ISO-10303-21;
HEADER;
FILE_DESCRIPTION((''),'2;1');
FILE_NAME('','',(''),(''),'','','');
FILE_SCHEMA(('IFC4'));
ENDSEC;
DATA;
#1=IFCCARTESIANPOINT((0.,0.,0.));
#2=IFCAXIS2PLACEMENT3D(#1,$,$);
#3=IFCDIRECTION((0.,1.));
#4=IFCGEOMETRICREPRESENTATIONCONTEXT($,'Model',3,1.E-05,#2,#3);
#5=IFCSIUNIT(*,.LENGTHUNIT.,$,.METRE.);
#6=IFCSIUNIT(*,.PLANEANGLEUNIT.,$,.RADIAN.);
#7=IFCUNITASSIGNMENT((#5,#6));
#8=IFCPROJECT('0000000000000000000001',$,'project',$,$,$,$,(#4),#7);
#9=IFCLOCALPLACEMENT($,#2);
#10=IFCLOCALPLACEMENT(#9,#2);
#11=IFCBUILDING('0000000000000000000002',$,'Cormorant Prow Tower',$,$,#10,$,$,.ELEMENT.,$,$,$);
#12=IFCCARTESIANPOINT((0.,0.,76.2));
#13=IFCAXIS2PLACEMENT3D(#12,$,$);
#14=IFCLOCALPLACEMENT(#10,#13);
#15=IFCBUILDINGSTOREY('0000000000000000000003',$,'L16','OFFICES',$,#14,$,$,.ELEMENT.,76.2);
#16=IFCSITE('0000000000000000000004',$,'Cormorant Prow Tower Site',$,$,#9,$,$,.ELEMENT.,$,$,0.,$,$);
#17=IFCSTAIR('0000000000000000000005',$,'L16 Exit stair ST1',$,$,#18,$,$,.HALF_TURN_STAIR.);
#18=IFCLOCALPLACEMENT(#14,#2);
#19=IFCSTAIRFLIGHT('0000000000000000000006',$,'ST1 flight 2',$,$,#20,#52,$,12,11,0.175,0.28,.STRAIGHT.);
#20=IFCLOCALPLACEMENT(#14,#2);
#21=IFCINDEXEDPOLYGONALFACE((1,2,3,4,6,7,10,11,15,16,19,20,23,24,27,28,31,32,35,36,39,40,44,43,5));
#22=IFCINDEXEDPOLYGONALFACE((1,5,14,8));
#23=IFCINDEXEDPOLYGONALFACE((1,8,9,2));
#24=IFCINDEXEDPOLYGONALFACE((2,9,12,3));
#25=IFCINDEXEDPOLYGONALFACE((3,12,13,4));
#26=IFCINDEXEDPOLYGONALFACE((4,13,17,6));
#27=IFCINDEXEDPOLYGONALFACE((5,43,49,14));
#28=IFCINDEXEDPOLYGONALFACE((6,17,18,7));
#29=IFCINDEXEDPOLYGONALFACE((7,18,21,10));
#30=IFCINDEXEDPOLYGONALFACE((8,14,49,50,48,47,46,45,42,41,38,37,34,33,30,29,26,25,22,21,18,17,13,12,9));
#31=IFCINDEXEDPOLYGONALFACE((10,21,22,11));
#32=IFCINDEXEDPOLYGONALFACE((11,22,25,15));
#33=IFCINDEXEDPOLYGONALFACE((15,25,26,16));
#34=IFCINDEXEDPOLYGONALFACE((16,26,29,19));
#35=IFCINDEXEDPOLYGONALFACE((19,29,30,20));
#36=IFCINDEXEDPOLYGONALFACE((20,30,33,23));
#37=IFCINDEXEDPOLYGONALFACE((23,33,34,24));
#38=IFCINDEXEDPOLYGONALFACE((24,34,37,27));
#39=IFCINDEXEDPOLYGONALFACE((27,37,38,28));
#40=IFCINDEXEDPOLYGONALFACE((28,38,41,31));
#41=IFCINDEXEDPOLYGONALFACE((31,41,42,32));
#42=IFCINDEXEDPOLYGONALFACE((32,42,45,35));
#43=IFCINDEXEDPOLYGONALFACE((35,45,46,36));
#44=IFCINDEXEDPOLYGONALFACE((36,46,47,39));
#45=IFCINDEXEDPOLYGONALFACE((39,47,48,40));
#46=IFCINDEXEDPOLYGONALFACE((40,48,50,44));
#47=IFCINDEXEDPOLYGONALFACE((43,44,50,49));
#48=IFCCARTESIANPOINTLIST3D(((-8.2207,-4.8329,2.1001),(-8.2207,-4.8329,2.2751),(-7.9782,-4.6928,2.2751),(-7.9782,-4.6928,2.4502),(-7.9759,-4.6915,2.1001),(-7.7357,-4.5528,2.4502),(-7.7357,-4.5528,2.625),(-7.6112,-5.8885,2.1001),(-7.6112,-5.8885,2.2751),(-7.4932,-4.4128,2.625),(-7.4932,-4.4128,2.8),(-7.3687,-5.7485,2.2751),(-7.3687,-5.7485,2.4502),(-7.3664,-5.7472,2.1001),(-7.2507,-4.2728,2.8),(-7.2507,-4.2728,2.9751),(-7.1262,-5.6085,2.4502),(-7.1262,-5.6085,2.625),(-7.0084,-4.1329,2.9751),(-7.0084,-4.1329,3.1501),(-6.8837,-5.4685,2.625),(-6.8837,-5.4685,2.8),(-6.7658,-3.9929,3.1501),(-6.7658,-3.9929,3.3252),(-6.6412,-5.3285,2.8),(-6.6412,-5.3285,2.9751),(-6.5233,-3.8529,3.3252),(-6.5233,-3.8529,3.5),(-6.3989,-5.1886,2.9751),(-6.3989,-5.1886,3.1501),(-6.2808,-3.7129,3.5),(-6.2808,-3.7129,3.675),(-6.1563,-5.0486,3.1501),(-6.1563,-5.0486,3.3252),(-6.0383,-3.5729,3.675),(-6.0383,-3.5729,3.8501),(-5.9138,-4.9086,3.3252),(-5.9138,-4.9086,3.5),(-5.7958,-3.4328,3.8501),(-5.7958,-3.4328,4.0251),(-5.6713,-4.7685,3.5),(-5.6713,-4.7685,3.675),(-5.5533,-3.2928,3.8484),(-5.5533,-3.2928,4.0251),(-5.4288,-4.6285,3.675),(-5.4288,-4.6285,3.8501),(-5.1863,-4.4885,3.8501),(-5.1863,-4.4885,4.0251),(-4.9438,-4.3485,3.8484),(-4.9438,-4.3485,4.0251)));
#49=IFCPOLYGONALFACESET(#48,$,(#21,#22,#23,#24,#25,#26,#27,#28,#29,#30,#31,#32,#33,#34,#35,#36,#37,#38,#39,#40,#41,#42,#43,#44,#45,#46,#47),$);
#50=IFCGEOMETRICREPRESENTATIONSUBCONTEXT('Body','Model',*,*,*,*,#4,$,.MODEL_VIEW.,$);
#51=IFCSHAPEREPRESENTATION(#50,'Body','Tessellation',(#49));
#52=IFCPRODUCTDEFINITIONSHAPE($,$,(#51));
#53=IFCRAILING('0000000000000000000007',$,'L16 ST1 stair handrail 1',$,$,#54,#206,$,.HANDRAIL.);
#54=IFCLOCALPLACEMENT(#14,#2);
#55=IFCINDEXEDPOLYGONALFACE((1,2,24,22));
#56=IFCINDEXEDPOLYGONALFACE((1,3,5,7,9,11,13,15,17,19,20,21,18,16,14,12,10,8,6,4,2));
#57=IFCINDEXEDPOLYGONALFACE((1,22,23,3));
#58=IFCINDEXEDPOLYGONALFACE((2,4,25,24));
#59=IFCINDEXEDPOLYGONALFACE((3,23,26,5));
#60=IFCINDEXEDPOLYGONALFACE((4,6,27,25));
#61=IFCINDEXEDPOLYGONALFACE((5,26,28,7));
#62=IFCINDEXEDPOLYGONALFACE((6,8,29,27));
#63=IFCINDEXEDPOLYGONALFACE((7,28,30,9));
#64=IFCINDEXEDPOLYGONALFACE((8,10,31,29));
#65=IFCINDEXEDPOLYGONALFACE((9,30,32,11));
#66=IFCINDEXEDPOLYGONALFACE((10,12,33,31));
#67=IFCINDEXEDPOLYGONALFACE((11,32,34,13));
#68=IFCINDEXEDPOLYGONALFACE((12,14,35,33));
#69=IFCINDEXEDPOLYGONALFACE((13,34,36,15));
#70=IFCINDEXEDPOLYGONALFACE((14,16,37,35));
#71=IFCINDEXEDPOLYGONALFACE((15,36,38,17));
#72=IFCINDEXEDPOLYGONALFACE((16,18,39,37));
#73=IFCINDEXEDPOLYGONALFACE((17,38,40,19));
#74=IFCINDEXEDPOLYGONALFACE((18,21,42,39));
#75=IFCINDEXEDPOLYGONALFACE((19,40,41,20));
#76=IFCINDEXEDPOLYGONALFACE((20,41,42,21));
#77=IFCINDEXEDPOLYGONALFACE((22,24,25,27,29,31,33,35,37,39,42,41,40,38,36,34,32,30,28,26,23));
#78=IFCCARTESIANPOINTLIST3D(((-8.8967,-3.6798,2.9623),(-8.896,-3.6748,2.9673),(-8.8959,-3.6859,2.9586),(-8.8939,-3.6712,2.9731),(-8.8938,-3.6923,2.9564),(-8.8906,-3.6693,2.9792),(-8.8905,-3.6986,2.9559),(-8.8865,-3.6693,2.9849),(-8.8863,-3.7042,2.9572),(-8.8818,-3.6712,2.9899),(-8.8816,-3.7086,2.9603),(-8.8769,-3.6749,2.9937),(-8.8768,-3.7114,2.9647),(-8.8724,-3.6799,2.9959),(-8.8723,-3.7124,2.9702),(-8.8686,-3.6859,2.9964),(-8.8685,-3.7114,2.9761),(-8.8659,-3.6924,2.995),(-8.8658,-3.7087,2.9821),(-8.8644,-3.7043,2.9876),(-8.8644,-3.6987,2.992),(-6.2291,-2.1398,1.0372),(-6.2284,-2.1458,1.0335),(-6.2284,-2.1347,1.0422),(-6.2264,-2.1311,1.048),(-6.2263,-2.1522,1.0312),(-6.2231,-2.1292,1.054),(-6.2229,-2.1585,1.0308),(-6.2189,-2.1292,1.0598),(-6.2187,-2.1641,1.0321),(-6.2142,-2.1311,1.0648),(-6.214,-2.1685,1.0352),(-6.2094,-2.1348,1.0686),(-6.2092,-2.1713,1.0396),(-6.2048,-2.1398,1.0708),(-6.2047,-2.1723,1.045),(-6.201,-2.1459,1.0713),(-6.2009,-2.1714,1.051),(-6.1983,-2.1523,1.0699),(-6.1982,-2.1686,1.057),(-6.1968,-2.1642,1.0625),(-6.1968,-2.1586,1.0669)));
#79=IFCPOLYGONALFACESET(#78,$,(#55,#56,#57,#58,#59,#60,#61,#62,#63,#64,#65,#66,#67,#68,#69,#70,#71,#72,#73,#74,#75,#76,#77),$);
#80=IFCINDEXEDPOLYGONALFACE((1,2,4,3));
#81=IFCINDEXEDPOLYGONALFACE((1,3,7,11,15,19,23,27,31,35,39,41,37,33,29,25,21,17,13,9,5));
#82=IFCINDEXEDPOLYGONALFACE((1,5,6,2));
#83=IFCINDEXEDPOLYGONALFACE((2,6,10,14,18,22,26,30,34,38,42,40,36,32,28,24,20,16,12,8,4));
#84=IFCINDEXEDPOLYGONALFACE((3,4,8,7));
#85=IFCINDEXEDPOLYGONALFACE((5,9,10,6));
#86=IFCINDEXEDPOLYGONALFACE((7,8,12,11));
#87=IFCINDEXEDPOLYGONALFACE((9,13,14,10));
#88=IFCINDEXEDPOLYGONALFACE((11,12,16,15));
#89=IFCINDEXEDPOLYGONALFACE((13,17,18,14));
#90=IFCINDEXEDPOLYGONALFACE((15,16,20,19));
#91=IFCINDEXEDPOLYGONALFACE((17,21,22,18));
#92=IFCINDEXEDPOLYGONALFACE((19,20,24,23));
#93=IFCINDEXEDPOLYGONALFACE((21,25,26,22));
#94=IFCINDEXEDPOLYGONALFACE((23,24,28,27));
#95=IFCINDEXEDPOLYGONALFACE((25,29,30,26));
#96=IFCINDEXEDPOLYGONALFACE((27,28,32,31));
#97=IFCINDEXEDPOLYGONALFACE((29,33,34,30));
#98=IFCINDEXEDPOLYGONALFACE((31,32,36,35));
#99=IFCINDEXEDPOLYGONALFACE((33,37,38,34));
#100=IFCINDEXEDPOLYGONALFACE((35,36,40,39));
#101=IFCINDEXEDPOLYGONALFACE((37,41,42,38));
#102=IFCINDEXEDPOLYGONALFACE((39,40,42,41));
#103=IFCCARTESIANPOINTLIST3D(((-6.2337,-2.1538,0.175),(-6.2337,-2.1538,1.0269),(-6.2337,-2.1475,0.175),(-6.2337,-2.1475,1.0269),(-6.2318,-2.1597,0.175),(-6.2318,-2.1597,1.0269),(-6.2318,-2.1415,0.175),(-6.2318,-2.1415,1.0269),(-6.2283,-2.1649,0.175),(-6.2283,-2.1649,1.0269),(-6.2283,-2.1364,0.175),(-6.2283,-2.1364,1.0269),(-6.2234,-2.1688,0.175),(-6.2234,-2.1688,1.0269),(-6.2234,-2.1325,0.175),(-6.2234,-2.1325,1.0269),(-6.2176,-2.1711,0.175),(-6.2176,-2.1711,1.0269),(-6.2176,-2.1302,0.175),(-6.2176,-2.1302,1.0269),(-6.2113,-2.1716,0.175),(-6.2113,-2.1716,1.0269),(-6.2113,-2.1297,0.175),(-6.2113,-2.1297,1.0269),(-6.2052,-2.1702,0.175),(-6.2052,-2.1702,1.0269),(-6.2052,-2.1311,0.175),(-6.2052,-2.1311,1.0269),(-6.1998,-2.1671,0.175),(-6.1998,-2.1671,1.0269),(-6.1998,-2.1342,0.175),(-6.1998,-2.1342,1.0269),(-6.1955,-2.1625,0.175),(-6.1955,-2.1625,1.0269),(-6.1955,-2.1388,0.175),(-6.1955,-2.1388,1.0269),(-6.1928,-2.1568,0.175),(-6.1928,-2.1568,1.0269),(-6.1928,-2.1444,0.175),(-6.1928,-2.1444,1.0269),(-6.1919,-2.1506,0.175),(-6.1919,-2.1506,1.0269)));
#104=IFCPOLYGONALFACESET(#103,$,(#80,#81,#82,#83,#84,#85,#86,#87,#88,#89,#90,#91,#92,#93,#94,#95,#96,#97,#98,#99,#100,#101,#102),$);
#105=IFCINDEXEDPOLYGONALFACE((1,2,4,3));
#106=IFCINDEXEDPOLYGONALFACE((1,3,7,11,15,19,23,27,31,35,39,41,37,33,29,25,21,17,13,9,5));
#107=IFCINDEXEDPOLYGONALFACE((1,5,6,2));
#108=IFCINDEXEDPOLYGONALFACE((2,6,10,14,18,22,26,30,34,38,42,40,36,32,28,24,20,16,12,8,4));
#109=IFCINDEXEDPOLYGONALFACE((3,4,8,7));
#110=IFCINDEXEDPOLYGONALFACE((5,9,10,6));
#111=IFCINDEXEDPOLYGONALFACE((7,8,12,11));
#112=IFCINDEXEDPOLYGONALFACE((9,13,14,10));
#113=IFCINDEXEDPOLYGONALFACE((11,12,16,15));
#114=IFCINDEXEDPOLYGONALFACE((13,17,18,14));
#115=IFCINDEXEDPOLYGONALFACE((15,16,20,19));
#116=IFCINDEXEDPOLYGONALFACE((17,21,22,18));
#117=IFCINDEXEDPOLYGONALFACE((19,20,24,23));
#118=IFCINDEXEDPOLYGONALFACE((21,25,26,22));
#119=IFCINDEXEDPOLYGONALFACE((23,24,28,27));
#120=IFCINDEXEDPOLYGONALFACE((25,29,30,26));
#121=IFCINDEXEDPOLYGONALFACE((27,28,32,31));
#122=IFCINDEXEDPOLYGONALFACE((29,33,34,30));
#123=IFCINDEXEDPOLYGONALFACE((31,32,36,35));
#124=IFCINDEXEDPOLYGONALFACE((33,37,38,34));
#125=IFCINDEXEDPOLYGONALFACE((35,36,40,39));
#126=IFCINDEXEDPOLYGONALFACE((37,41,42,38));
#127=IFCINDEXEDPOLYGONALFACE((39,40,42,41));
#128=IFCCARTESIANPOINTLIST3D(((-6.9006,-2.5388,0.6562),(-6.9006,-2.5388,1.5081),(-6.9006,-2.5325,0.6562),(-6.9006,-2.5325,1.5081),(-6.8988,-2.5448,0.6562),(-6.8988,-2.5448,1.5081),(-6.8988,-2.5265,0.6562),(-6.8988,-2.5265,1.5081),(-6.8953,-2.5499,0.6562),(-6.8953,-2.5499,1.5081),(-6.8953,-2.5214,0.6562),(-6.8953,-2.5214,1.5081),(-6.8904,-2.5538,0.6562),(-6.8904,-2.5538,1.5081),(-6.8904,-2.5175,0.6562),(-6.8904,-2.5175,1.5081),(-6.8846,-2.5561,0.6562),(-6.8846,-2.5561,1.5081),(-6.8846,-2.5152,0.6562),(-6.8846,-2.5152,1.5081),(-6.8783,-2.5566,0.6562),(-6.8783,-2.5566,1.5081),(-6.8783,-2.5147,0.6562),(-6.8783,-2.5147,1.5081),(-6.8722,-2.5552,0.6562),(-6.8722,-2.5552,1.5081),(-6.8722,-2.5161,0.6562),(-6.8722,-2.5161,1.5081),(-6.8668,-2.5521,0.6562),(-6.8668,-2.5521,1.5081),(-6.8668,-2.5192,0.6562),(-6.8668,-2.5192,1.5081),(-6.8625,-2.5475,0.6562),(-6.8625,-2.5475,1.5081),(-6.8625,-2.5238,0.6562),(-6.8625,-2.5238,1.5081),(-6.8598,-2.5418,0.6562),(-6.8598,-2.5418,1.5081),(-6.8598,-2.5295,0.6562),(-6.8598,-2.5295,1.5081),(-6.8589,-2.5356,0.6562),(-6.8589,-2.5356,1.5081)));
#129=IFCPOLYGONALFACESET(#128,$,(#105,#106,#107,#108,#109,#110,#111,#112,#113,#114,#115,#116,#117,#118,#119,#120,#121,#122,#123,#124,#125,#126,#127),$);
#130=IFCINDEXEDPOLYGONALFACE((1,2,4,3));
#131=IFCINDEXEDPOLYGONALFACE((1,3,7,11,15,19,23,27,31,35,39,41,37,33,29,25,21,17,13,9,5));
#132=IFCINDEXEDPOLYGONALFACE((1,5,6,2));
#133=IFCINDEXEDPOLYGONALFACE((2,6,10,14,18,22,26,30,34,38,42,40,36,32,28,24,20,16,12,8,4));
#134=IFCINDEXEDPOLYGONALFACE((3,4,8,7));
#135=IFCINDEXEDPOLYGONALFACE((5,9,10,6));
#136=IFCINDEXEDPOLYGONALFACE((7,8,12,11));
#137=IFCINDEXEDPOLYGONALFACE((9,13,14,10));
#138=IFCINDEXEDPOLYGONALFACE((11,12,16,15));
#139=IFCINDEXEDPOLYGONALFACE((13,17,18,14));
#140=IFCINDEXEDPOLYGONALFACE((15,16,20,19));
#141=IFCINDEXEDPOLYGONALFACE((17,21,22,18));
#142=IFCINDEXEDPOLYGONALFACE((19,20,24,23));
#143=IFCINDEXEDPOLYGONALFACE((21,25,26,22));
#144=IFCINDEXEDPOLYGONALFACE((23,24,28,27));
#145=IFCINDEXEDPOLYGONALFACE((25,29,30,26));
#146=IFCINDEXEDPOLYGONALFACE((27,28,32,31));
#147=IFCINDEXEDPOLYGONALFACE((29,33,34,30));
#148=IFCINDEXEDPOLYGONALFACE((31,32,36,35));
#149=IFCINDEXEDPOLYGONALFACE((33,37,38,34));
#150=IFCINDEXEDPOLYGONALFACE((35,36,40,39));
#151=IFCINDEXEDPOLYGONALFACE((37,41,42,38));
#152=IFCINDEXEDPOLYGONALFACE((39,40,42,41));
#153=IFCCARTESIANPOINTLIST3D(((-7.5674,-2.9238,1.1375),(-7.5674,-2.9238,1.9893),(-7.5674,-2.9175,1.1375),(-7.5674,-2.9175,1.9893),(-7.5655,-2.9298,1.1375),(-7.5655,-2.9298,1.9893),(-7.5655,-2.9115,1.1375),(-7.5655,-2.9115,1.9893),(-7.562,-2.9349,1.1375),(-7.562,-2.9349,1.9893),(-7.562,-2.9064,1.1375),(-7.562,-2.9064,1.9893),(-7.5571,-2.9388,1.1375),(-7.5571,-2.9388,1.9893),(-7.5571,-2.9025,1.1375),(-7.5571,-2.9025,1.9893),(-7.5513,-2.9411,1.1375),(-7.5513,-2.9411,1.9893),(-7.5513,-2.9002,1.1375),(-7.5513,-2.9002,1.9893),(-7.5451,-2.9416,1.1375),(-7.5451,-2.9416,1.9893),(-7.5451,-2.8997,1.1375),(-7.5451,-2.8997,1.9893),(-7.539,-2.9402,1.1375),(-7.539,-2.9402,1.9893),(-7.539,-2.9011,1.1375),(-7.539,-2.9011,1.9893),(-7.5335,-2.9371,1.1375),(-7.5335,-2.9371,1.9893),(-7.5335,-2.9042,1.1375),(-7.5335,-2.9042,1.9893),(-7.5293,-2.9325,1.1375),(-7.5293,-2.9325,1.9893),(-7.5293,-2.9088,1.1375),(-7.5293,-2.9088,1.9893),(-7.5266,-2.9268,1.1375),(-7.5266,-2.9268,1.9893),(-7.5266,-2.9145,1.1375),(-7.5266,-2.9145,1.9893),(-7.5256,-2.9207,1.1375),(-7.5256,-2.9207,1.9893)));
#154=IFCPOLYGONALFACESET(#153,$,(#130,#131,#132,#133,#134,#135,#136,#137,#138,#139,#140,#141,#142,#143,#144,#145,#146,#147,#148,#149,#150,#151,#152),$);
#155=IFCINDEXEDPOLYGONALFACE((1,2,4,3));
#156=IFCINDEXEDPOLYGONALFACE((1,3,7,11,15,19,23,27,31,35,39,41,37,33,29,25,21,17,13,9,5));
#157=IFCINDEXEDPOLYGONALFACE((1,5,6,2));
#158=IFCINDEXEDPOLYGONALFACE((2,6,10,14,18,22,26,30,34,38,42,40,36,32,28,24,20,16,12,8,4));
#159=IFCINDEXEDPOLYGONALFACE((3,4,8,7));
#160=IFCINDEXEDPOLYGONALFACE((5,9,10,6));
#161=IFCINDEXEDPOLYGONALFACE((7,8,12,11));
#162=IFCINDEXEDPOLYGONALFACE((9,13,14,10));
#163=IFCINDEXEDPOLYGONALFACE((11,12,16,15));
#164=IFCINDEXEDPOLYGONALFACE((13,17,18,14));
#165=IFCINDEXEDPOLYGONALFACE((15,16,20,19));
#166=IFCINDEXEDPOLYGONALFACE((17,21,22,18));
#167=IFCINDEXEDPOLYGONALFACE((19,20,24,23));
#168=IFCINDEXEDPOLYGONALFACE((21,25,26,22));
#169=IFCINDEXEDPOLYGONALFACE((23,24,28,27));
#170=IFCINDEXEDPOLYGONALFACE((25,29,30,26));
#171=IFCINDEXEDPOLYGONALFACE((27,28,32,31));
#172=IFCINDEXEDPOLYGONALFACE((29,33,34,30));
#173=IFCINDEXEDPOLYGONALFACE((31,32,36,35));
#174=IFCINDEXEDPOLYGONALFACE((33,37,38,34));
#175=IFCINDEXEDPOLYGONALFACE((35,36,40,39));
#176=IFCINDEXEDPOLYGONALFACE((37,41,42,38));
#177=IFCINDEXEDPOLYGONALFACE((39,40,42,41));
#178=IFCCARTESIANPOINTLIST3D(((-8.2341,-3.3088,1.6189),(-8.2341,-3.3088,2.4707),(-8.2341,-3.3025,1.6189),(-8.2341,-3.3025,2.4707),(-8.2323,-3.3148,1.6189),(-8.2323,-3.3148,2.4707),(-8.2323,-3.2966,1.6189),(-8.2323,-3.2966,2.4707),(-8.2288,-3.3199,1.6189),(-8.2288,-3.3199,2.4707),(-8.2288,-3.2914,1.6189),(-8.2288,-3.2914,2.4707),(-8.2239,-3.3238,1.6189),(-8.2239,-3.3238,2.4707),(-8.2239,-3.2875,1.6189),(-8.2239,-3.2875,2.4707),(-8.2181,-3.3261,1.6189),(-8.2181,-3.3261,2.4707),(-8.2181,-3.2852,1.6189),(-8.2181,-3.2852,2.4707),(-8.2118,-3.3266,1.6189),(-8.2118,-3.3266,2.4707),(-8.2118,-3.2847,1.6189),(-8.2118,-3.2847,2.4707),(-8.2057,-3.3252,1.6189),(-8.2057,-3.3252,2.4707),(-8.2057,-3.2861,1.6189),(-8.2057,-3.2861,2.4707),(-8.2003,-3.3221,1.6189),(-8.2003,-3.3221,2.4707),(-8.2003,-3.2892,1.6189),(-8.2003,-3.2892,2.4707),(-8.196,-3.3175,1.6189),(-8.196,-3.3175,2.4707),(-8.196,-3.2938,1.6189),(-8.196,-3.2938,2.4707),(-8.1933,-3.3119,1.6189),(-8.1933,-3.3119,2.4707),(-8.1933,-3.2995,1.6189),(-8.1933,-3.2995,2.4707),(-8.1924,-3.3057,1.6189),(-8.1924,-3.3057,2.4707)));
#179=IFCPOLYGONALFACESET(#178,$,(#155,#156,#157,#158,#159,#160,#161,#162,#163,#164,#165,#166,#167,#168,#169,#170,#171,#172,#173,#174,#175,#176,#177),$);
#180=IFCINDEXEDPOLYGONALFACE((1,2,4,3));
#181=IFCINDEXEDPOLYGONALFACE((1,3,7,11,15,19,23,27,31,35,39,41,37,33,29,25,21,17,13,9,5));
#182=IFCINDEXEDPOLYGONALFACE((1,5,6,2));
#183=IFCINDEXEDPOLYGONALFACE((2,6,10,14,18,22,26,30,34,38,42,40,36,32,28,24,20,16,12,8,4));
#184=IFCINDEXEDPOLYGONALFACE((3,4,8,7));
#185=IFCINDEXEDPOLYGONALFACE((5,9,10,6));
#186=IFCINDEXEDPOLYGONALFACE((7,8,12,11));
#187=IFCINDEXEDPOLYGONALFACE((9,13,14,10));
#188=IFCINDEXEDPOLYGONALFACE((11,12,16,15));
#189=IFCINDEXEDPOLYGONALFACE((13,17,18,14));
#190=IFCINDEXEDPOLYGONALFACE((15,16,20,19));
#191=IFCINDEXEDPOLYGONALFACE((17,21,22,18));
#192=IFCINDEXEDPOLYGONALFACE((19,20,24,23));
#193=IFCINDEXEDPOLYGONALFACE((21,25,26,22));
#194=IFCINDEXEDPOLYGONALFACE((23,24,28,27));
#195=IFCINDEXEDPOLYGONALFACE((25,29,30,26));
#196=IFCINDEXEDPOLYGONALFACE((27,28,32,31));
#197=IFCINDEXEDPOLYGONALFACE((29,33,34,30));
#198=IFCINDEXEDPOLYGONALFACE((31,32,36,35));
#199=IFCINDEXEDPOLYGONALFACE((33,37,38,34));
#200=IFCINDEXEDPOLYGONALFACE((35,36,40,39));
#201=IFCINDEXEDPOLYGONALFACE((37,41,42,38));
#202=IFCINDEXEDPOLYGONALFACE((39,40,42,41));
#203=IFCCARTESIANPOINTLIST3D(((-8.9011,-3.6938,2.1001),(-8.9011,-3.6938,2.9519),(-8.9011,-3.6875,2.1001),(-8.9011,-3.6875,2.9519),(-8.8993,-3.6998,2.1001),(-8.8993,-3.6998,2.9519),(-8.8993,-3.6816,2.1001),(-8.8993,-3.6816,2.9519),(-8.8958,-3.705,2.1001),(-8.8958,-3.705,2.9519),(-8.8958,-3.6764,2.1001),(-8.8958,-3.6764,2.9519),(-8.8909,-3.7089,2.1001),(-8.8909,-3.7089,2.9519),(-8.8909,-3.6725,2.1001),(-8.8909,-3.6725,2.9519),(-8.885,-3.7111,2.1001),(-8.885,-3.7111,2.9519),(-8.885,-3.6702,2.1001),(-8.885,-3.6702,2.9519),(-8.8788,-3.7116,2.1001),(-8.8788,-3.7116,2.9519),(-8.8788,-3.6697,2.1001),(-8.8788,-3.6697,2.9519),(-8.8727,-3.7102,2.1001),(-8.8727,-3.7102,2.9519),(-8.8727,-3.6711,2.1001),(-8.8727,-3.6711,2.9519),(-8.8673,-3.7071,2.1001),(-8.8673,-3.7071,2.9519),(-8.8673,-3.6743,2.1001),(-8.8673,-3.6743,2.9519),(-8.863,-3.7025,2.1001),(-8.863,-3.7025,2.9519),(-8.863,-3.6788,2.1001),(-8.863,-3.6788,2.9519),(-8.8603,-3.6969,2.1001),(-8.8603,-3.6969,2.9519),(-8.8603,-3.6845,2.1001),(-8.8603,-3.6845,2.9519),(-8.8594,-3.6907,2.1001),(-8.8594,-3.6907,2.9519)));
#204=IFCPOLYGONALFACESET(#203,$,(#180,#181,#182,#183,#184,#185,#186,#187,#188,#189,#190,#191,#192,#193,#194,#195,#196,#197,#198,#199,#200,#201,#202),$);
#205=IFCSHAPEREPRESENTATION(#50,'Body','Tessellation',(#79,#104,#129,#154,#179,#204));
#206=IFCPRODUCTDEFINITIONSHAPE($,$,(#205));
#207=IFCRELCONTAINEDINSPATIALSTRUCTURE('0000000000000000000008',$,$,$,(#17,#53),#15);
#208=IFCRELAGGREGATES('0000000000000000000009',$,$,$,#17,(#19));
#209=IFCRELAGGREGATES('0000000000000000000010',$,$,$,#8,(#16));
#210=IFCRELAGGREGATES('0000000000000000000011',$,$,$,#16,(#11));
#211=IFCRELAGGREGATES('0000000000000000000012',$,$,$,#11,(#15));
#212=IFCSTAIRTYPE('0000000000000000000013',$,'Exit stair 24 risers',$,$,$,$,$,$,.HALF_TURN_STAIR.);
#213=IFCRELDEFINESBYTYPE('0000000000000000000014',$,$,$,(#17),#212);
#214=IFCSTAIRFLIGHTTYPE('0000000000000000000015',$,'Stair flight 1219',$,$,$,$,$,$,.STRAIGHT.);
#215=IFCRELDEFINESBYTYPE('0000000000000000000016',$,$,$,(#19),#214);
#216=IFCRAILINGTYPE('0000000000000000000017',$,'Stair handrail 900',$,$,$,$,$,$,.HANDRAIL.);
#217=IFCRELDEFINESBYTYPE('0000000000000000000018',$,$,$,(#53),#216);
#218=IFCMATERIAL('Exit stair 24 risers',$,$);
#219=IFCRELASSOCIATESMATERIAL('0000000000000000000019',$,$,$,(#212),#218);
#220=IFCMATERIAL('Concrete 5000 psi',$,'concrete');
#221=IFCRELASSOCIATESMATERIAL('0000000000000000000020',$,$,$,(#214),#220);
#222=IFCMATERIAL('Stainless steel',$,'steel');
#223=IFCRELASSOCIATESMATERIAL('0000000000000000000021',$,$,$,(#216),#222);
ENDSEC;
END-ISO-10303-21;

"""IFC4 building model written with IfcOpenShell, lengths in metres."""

from ifc_helpers import new_model, si_unit, direction, frame, origin, origin_2d, place, context, subcontext, project, spatial, polyline, circle, outline, extrude, material, type_object, element, aggregate, save


model = new_model("IFC4")

# Units and contexts
model_context = context("Model", 3, precision=1e-05, world=origin(), true_north=direction((0.0, 1.0)))
body_context = subcontext(model_context, "Body", "Model", "MODEL_VIEW")
ifc_project = project(units=[si_unit("LENGTHUNIT", "METRE"), si_unit("PLANEANGLEUNIT", "RADIAN")], contexts=[model_context])

# Site, building, storey
site_placement = place(None, origin())
site = spatial("IfcSite", under=ifc_project, at=site_placement, Name="Cormorant Prow Tower Site", CompositionType="ELEMENT", RefElevation=0.0)
building_placement = place(site_placement, origin())
building = spatial("IfcBuilding", under=site, at=building_placement, Name="Cormorant Prow Tower", CompositionType="ELEMENT")
storey_placement = place(building_placement, frame((0.0, 0.0, 76.2)))
storey = spatial("IfcBuildingStorey", under=building, at=storey_placement, Name="L16", Description="OFFICES", CompositionType="ELEMENT", Elevation=76.2)

# Stair, stair flight
ifc_material_1 = material(Name="Exit stair 24 risers")
stair_type = type_object("IfcStairType", Name="Exit stair 24 risers", PredefinedType="HALF_TURN_STAIR", material=ifc_material_1)
stair_placement = place(storey_placement, origin())
stair = element("IfcStair", 1, at=stair_placement, inside=storey, type_object=stair_type, Name="L16 Exit stair ST1", PredefinedType="HALF_TURN_STAIR")
ifc_material_2 = material(Name="Concrete 5000 psi", Category="concrete")
stair_flight_type = type_object("IfcStairFlightType", Name="Stair flight 1219", PredefinedType="STRAIGHT", material=ifc_material_2)
stair_flight_1_placement = place(storey_placement, frame((-7.916, -5.3606, 2.1001), z_axis=(0.0, 0.0, 1.0), x_axis=(0.866025, 0.5, 0.0)))
stair_flight_1 = element("IfcStairFlight", 2, at=stair_flight_1_placement, type_object=stair_flight_type, Name="ST1 flight 2", NumberOfRisers=12, NumberOfTreads=11, PredefinedType="STRAIGHT", RiserHeight=0.175, TreadLength=0.28, context=body_context, shape_type="SweptSolid", body=[
    extrude(outline(polyline([(0.0, 0.0), (0.0, 0.175), (0.28, 0.175), (0.28, 0.3501), (0.5601, 0.3501), (0.5601, 0.5249), (0.8401, 0.5249), (0.8401, 0.7), (1.1201, 0.7), (1.1201, 0.875), (1.3999, 0.875), (1.3999, 1.05), (1.6799, 1.05), (1.6799, 1.2251), (1.96, 1.2251), (1.96, 1.3999), (2.24, 1.3999), (2.24, 1.575), (2.52, 1.575), (2.52, 1.75), (2.8, 1.75), (2.8, 1.925), (3.0801, 1.925), (3.0801, 2.1001), (3.0801, 1.7483), (0.2827, 0.0), (0.0, 0.0)])), frame((0.0, 0.6094, 0.0), z_axis=(0.0, -1.0, 0.0), x_axis=(1.0, 0.0, 0.0)), (0.0, 0.0, 1.0), 1.219),
])
aggregate(stair, [stair_flight_1])

# Railing
ifc_material_3 = material(Name="Stainless steel", Category="steel")
railing_type_1 = type_object("IfcRailingType", Name="Stair handrail 900", PredefinedType="HANDRAIL", material=ifc_material_3)
railing_1_placement = place(storey_placement, frame((-6.2129, -2.1506, 0.175)))
element("IfcRailing", 3, at=railing_1_placement, inside=storey, type_object=railing_type_1, Name="L16 ST1 stair handrail 1", PredefinedType="HANDRAIL", context=body_context, shape_type="SweptSolid", body=[
    extrude(circle(Radius=0.0239, at=origin_2d()), frame((0.0, 0.0, 0.876), z_axis=(-0.734395, -0.423994, 0.529993), x_axis=(0.499992, -0.86603, 0.0)), (0.0, 0.0, 1.0), 3.6323),
    extrude(circle(Radius=0.021, at=origin_2d()), origin(), (0.0, 0.0, 1.0), 0.8518),
    extrude(circle(Radius=0.021, at=origin_2d()), frame((-0.667, -0.385, 0.4812)), (0.0, 0.0, 1.0), 0.8518),
    extrude(circle(Radius=0.021, at=origin_2d()), frame((-1.3337, -0.77, 0.9624)), (0.0, 0.0, 1.0), 0.8518),
    extrude(circle(Radius=0.021, at=origin_2d()), frame((-2.0005, -1.155, 1.4438)), (0.0, 0.0, 1.0), 0.8518),
    extrude(circle(Radius=0.021, at=origin_2d()), frame((-2.6675, -1.54, 1.925)), (0.0, 0.0, 1.0), 0.8518),
])

save(model, "model.ifc")
